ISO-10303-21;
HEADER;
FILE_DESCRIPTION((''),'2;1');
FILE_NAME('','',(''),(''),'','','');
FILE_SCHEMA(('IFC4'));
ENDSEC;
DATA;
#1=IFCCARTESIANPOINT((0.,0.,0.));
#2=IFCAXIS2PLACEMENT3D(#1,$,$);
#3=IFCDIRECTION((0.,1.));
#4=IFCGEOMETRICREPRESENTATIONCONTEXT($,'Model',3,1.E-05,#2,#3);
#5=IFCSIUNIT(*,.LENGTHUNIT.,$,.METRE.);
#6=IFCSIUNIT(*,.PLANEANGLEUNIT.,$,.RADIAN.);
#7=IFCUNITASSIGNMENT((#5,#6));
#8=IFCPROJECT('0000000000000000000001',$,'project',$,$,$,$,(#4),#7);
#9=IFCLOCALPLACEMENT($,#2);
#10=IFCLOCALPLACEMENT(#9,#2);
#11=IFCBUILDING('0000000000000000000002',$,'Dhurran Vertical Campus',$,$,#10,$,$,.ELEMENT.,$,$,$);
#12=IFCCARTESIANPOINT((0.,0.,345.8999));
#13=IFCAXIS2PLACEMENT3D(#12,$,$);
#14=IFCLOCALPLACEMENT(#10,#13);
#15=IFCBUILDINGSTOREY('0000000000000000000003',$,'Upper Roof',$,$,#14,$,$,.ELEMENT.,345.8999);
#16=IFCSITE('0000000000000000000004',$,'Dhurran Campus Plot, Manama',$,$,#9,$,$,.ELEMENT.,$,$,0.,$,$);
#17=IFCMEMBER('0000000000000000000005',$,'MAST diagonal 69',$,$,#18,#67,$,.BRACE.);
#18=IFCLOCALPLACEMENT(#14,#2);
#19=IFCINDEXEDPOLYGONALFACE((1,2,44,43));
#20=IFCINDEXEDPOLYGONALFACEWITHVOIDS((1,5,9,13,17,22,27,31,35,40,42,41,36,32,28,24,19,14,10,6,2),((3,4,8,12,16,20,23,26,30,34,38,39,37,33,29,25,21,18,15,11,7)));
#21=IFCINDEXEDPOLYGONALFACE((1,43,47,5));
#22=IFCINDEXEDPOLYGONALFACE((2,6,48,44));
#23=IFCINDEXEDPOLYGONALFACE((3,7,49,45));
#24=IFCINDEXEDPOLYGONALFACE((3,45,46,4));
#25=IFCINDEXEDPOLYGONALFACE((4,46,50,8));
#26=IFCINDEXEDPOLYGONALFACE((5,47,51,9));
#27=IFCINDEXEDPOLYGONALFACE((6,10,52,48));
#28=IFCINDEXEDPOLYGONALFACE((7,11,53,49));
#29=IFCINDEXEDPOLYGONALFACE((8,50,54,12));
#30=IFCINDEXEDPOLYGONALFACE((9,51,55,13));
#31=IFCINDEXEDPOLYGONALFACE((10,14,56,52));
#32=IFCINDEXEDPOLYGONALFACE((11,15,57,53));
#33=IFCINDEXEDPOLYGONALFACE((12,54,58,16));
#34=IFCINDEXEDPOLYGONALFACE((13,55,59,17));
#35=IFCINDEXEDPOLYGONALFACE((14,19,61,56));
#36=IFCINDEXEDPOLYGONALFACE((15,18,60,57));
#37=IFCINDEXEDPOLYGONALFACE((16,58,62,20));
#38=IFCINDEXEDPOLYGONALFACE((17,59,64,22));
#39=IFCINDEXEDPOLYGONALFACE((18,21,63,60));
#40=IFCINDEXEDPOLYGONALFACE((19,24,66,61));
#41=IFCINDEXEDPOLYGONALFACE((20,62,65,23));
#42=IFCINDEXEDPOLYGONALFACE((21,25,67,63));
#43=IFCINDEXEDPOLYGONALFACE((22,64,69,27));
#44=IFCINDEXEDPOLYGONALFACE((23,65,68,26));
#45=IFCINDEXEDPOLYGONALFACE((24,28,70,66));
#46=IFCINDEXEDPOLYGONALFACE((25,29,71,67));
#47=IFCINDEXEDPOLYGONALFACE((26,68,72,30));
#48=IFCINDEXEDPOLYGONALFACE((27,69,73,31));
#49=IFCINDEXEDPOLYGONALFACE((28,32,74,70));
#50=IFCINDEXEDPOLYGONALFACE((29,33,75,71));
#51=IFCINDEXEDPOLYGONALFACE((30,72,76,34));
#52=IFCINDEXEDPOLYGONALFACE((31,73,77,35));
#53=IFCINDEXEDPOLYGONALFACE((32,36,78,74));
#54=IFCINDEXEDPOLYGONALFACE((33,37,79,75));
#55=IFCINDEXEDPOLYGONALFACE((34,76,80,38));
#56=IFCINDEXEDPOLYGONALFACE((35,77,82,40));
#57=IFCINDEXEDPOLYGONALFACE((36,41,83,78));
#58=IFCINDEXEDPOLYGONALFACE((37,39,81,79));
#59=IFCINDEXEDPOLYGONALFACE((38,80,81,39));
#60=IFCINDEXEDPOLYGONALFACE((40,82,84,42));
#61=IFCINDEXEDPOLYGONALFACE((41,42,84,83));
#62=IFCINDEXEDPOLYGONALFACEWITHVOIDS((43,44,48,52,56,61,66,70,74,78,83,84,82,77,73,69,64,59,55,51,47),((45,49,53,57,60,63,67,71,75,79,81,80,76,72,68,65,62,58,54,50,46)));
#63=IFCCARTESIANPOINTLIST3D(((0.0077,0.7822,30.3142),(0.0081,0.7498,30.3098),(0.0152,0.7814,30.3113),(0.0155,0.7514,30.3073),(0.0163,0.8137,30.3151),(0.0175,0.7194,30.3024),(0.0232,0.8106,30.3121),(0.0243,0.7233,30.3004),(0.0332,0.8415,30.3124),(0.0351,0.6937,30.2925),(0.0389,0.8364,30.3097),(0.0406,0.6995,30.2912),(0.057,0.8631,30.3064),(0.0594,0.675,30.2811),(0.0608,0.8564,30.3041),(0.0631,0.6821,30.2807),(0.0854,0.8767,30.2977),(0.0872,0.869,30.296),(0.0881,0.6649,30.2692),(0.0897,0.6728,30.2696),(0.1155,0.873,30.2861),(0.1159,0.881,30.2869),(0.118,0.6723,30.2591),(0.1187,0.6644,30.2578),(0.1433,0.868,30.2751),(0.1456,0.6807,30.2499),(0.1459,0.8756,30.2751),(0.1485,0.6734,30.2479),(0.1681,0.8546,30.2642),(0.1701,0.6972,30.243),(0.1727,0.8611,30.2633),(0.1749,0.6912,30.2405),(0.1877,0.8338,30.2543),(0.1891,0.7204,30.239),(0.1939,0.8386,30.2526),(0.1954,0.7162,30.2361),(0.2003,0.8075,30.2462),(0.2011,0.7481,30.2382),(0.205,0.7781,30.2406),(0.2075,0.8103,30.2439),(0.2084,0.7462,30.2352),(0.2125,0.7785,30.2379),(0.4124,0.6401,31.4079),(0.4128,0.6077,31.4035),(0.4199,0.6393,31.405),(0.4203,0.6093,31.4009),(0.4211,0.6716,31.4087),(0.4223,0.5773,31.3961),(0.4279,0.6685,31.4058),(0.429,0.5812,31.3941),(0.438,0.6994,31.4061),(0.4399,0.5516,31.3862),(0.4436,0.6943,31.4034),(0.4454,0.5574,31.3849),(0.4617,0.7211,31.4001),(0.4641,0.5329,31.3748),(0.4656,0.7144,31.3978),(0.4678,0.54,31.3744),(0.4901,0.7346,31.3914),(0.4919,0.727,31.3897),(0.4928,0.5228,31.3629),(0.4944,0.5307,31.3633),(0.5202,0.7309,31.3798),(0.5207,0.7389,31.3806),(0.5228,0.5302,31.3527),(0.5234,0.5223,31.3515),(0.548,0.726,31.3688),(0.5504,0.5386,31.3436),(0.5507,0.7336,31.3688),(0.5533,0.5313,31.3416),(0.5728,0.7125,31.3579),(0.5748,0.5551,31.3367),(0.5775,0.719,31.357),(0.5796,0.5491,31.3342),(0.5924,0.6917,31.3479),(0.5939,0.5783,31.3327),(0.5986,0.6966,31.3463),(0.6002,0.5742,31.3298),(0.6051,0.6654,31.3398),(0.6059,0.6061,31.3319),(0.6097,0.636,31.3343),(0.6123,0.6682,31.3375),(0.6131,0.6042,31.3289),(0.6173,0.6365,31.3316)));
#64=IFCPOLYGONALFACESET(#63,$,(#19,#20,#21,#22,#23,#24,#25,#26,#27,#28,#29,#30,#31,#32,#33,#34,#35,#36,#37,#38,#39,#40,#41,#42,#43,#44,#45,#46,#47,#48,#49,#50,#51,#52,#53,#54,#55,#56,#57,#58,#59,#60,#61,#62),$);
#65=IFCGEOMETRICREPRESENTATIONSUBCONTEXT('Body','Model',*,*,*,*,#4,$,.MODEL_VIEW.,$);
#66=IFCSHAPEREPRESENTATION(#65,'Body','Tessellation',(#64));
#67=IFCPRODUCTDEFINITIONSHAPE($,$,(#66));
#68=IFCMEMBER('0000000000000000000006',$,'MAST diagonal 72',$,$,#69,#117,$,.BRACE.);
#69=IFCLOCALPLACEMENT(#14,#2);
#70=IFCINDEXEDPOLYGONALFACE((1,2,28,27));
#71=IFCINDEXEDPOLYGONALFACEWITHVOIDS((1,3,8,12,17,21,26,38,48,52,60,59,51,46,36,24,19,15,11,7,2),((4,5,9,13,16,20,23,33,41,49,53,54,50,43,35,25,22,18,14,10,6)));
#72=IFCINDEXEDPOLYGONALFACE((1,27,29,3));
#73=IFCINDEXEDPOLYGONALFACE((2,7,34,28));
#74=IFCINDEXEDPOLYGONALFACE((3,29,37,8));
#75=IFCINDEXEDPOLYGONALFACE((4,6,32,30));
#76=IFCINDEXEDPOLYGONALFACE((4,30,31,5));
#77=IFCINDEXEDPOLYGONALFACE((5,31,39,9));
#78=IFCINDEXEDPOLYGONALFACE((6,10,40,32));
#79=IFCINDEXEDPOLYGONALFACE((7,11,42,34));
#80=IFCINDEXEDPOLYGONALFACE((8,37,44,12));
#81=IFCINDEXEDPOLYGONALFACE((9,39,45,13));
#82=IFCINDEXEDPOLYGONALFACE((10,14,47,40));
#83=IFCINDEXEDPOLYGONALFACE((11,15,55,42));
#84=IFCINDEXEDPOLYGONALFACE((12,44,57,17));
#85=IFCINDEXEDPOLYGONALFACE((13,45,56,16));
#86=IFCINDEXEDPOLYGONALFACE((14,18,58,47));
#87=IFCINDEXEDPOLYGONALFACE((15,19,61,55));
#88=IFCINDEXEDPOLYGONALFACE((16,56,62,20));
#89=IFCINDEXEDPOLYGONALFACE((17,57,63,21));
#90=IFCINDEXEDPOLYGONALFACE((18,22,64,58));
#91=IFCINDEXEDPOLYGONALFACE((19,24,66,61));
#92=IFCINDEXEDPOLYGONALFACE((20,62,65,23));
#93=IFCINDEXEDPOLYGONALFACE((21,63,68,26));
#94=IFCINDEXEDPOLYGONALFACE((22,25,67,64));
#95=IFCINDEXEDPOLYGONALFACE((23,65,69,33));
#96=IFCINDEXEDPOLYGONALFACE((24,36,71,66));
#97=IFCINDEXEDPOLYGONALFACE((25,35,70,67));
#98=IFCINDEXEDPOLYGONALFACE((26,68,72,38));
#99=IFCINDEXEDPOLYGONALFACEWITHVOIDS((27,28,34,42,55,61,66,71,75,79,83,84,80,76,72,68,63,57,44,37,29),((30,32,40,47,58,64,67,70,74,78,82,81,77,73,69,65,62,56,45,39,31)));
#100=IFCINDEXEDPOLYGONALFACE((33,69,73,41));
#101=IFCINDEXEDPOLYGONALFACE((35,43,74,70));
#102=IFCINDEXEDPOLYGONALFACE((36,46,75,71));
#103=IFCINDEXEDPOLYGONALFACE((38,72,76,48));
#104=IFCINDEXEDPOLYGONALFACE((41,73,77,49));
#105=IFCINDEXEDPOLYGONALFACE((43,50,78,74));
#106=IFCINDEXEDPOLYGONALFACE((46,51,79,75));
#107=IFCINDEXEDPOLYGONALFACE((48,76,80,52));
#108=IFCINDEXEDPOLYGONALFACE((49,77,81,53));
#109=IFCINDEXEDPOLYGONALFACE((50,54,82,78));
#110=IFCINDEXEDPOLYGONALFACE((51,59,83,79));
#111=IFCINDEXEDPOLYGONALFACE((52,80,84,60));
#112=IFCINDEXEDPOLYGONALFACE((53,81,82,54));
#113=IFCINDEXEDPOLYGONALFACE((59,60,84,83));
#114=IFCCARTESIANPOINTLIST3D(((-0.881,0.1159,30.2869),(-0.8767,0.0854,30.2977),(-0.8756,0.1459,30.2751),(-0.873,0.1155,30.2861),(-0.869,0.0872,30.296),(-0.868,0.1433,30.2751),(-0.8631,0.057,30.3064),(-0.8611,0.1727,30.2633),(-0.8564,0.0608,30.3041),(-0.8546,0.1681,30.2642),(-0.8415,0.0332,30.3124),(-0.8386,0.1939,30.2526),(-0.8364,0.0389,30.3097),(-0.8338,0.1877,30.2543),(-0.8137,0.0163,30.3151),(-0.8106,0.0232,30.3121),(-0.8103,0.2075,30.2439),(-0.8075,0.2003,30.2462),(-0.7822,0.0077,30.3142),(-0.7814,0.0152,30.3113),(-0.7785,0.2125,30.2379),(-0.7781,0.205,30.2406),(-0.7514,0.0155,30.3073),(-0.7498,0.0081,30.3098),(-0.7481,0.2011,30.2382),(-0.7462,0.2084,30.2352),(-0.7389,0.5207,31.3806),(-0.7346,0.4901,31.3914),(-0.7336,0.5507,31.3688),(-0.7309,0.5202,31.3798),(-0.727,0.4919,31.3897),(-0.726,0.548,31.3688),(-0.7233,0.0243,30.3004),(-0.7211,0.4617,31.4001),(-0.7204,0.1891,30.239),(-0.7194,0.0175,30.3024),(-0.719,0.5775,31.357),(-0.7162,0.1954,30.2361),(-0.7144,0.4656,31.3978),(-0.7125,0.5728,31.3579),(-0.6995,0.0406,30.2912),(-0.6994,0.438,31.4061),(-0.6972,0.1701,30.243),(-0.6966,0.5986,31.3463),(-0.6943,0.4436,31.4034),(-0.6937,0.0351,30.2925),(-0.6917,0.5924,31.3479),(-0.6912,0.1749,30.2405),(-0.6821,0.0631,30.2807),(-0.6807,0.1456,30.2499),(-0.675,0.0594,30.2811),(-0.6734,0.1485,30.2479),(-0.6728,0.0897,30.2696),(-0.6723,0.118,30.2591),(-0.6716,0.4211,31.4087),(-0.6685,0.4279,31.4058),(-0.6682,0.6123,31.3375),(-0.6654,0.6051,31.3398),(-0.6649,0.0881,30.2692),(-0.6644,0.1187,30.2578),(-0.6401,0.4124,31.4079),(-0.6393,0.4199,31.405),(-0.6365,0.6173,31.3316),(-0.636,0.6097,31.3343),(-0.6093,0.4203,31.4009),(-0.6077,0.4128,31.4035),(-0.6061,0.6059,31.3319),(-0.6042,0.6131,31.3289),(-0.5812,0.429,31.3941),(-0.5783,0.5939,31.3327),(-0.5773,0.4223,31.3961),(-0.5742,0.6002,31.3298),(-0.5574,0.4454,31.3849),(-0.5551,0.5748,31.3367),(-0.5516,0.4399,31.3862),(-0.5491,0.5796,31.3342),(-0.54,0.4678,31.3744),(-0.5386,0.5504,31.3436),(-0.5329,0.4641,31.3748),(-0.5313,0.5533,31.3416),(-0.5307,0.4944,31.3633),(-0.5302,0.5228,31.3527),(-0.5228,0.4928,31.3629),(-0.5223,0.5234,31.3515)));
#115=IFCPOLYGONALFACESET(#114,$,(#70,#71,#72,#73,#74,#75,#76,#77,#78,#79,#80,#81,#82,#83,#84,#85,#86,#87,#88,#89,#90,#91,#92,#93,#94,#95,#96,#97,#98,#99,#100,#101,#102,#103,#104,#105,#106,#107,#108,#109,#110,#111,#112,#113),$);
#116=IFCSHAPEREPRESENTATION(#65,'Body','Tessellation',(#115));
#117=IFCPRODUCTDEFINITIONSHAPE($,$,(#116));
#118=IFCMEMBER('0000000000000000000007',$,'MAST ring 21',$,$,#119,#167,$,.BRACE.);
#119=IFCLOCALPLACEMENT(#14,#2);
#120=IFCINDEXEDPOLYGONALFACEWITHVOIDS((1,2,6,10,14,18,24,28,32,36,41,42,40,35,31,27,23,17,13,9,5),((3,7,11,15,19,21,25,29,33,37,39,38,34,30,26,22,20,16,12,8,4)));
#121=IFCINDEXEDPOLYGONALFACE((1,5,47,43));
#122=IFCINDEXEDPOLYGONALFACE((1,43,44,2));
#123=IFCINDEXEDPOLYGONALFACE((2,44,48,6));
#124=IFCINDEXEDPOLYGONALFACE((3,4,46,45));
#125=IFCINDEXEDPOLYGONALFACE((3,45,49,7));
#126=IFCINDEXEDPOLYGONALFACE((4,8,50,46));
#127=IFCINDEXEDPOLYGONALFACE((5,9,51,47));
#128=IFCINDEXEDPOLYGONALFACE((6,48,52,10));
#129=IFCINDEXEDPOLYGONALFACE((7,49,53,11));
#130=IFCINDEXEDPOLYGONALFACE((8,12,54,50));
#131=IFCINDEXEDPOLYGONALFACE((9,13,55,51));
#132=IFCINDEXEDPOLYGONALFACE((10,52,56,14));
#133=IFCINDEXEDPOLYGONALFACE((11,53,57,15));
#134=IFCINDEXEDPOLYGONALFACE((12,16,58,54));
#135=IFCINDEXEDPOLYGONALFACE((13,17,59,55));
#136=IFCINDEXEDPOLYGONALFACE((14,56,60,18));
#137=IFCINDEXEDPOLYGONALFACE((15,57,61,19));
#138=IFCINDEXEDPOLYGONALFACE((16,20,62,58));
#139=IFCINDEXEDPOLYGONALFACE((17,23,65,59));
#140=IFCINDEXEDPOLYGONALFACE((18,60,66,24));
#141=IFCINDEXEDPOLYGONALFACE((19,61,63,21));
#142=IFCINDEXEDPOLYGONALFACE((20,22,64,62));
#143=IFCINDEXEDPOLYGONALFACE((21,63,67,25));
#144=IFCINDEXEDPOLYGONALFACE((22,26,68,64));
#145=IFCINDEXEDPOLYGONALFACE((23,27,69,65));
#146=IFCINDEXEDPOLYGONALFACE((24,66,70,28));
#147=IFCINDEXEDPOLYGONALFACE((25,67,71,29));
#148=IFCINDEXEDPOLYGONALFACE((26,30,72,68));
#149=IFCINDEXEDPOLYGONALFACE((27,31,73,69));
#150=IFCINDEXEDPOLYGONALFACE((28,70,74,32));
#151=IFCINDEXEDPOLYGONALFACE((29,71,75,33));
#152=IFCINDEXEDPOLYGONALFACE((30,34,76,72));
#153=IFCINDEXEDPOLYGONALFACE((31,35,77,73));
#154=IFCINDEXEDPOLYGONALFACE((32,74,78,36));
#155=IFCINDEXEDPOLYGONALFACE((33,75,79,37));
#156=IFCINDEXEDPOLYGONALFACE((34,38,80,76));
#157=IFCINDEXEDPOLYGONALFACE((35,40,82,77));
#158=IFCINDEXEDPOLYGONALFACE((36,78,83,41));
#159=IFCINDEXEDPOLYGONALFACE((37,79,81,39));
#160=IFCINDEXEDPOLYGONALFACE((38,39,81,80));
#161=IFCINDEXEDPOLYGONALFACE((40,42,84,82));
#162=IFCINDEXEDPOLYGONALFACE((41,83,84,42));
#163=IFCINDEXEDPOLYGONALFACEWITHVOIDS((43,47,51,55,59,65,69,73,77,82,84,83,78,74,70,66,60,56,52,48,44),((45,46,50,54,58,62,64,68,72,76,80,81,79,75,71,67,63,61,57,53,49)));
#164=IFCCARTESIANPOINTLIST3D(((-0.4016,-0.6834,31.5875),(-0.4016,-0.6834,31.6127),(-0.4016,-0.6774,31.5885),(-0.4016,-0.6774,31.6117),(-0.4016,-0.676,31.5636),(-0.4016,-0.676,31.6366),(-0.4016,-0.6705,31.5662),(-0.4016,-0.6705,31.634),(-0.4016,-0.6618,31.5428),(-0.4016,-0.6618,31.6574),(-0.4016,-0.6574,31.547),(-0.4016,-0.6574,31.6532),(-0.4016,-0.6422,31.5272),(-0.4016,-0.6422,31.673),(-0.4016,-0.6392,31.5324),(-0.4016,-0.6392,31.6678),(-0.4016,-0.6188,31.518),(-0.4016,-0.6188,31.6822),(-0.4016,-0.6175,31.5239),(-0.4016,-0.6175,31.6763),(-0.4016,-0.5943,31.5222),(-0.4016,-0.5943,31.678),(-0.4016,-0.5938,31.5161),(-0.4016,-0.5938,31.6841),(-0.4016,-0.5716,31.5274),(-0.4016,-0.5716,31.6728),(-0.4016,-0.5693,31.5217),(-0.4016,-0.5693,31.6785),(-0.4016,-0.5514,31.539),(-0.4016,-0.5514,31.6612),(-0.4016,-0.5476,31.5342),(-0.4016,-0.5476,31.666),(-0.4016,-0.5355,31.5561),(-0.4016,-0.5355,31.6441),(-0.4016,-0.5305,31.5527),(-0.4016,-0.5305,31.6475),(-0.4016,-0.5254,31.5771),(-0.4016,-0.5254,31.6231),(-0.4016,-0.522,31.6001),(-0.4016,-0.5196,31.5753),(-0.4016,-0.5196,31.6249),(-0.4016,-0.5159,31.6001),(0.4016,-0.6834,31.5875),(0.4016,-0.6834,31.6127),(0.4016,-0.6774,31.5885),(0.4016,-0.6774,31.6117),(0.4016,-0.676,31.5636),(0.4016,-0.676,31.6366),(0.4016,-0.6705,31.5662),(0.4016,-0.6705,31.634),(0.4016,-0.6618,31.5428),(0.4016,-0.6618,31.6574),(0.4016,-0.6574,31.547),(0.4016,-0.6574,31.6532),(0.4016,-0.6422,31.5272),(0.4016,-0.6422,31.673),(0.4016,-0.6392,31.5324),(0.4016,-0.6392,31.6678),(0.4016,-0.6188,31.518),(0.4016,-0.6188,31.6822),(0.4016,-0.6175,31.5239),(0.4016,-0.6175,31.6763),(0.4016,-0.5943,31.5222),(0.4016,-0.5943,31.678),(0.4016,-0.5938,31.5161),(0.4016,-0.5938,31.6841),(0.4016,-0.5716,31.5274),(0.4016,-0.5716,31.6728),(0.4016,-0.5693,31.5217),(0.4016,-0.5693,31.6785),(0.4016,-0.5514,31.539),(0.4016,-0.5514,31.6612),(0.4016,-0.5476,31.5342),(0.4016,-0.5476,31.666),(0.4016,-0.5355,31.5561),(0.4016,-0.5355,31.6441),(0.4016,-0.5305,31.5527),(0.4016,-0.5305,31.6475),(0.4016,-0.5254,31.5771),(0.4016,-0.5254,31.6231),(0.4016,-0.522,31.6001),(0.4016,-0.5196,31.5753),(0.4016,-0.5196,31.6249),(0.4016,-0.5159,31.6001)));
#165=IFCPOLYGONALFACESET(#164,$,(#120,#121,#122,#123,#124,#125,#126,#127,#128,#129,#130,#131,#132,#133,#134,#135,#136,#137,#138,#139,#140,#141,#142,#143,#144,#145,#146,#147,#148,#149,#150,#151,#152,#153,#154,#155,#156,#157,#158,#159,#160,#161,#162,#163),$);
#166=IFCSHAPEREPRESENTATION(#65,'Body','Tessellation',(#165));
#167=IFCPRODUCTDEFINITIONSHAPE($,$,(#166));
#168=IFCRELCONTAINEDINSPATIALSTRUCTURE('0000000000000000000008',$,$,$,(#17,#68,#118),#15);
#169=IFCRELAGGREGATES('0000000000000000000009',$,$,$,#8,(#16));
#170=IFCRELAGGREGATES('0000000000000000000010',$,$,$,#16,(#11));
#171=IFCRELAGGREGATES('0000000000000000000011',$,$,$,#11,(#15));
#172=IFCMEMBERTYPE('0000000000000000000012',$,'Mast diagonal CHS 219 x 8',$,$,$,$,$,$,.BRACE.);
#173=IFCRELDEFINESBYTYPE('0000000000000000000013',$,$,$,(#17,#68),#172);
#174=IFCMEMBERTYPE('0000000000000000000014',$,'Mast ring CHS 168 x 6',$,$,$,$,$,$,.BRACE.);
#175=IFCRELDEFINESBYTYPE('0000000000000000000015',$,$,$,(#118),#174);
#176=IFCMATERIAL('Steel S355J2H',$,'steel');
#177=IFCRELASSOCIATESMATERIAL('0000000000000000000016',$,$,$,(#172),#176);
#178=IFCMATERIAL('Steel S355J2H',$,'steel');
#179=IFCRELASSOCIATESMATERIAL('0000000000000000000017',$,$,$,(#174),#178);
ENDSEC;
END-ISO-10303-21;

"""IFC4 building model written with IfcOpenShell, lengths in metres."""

from ifc_helpers import new_model, si_unit, direction, frame, origin, origin_2d, place, context, subcontext, project, spatial, hollow_circle, extrude, material, material_profile, profile_set, type_object, element, save


model = new_model("IFC4")

# Units and contexts
model_context = context("Model", 3, precision=1e-05, world=origin(), true_north=direction((0.0, 1.0)))
body_context = subcontext(model_context, "Body", "Model", "MODEL_VIEW")
ifc_project = project(units=[si_unit("LENGTHUNIT", "METRE"), si_unit("PLANEANGLEUNIT", "RADIAN")], contexts=[model_context])

# Site, building, storey
site_placement = place(None, origin())
site = spatial("IfcSite", under=ifc_project, at=site_placement, Name="Dhurran Campus Plot, Manama", CompositionType="ELEMENT", RefElevation=0.0)
building_placement = place(site_placement, origin())
building = spatial("IfcBuilding", under=site, at=building_placement, Name="Dhurran Vertical Campus", CompositionType="ELEMENT")
storey_placement = place(building_placement, frame((0.0, 0.0, 345.8999)))
storey = spatial("IfcBuildingStorey", under=building, at=storey_placement, Name="Upper Roof", CompositionType="ELEMENT", Elevation=345.8999)

# Members
ifc_material_1 = material(Name="Steel S355J2H", Category="steel")
ifc_material_profile_1 = material_profile(ifc_material_1, hollow_circle(Radius=0.1096, WallThickness=0.0081, at=origin_2d()), Name="CHS219x8")
ifc_profile_set_1 = profile_set([ifc_material_profile_1], Name="Steel S355J2H")
member_type_1 = type_object("IfcMemberType", Name="Mast diagonal CHS 219 x 8", PredefinedType="BRACE", material=ifc_profile_set_1)
for number, where, z_axis, x_axis, name in (
    (1, (0.1096, 0.7722, 30.2751), (0.344535, -0.12094, 0.930951), (0.331212, 0.943556, 0.0), "MAST diagonal 69"),
    (2, (-0.7722, 0.1096, 30.2751), (0.12094, 0.344535, 0.930951), (-0.943556, 0.331212, 0.0), "MAST diagonal 72"),
):
    element("IfcMember", number, at=place(storey_placement, frame(where, z_axis=z_axis, x_axis=x_axis)), inside=storey, type_object=member_type_1, Name=name, PredefinedType="BRACE", context=body_context, shape_type="SweptSolid", body=[
        extrude(hollow_circle(Radius=0.1096, WallThickness=0.0081, at=origin_2d()), origin(), (0.0, 0.0, 1.0), 1.1748),
    ])
ifc_material_2 = material(Name="Steel S355J2H", Category="steel")
ifc_material_profile_2 = material_profile(ifc_material_2, hollow_circle(Radius=0.0842, WallThickness=0.0061, at=origin_2d()), Name="CHS168x6")
ifc_profile_set_2 = profile_set([ifc_material_profile_2], Name="Steel S355J2H")
member_type_2 = type_object("IfcMemberType", Name="Mast ring CHS 168 x 6", PredefinedType="BRACE", material=ifc_profile_set_2)
for number, where, z_axis, x_axis, name in (
    (3, (-0.4016, -0.6001, 31.6001), (1.0, 0.0, 0.0), (0.0, 1.0, 0.0), "MAST ring 21"),
):
    element("IfcMember", number, at=place(storey_placement, frame(where, z_axis=z_axis, x_axis=x_axis)), inside=storey, type_object=member_type_2, Name=name, PredefinedType="BRACE", context=body_context, shape_type="SweptSolid", body=[
        extrude(hollow_circle(Radius=0.0842, WallThickness=0.0061, at=origin_2d()), origin(), (0.0, 0.0, 1.0), 0.8032),
    ])

save(model, "model.ifc")
